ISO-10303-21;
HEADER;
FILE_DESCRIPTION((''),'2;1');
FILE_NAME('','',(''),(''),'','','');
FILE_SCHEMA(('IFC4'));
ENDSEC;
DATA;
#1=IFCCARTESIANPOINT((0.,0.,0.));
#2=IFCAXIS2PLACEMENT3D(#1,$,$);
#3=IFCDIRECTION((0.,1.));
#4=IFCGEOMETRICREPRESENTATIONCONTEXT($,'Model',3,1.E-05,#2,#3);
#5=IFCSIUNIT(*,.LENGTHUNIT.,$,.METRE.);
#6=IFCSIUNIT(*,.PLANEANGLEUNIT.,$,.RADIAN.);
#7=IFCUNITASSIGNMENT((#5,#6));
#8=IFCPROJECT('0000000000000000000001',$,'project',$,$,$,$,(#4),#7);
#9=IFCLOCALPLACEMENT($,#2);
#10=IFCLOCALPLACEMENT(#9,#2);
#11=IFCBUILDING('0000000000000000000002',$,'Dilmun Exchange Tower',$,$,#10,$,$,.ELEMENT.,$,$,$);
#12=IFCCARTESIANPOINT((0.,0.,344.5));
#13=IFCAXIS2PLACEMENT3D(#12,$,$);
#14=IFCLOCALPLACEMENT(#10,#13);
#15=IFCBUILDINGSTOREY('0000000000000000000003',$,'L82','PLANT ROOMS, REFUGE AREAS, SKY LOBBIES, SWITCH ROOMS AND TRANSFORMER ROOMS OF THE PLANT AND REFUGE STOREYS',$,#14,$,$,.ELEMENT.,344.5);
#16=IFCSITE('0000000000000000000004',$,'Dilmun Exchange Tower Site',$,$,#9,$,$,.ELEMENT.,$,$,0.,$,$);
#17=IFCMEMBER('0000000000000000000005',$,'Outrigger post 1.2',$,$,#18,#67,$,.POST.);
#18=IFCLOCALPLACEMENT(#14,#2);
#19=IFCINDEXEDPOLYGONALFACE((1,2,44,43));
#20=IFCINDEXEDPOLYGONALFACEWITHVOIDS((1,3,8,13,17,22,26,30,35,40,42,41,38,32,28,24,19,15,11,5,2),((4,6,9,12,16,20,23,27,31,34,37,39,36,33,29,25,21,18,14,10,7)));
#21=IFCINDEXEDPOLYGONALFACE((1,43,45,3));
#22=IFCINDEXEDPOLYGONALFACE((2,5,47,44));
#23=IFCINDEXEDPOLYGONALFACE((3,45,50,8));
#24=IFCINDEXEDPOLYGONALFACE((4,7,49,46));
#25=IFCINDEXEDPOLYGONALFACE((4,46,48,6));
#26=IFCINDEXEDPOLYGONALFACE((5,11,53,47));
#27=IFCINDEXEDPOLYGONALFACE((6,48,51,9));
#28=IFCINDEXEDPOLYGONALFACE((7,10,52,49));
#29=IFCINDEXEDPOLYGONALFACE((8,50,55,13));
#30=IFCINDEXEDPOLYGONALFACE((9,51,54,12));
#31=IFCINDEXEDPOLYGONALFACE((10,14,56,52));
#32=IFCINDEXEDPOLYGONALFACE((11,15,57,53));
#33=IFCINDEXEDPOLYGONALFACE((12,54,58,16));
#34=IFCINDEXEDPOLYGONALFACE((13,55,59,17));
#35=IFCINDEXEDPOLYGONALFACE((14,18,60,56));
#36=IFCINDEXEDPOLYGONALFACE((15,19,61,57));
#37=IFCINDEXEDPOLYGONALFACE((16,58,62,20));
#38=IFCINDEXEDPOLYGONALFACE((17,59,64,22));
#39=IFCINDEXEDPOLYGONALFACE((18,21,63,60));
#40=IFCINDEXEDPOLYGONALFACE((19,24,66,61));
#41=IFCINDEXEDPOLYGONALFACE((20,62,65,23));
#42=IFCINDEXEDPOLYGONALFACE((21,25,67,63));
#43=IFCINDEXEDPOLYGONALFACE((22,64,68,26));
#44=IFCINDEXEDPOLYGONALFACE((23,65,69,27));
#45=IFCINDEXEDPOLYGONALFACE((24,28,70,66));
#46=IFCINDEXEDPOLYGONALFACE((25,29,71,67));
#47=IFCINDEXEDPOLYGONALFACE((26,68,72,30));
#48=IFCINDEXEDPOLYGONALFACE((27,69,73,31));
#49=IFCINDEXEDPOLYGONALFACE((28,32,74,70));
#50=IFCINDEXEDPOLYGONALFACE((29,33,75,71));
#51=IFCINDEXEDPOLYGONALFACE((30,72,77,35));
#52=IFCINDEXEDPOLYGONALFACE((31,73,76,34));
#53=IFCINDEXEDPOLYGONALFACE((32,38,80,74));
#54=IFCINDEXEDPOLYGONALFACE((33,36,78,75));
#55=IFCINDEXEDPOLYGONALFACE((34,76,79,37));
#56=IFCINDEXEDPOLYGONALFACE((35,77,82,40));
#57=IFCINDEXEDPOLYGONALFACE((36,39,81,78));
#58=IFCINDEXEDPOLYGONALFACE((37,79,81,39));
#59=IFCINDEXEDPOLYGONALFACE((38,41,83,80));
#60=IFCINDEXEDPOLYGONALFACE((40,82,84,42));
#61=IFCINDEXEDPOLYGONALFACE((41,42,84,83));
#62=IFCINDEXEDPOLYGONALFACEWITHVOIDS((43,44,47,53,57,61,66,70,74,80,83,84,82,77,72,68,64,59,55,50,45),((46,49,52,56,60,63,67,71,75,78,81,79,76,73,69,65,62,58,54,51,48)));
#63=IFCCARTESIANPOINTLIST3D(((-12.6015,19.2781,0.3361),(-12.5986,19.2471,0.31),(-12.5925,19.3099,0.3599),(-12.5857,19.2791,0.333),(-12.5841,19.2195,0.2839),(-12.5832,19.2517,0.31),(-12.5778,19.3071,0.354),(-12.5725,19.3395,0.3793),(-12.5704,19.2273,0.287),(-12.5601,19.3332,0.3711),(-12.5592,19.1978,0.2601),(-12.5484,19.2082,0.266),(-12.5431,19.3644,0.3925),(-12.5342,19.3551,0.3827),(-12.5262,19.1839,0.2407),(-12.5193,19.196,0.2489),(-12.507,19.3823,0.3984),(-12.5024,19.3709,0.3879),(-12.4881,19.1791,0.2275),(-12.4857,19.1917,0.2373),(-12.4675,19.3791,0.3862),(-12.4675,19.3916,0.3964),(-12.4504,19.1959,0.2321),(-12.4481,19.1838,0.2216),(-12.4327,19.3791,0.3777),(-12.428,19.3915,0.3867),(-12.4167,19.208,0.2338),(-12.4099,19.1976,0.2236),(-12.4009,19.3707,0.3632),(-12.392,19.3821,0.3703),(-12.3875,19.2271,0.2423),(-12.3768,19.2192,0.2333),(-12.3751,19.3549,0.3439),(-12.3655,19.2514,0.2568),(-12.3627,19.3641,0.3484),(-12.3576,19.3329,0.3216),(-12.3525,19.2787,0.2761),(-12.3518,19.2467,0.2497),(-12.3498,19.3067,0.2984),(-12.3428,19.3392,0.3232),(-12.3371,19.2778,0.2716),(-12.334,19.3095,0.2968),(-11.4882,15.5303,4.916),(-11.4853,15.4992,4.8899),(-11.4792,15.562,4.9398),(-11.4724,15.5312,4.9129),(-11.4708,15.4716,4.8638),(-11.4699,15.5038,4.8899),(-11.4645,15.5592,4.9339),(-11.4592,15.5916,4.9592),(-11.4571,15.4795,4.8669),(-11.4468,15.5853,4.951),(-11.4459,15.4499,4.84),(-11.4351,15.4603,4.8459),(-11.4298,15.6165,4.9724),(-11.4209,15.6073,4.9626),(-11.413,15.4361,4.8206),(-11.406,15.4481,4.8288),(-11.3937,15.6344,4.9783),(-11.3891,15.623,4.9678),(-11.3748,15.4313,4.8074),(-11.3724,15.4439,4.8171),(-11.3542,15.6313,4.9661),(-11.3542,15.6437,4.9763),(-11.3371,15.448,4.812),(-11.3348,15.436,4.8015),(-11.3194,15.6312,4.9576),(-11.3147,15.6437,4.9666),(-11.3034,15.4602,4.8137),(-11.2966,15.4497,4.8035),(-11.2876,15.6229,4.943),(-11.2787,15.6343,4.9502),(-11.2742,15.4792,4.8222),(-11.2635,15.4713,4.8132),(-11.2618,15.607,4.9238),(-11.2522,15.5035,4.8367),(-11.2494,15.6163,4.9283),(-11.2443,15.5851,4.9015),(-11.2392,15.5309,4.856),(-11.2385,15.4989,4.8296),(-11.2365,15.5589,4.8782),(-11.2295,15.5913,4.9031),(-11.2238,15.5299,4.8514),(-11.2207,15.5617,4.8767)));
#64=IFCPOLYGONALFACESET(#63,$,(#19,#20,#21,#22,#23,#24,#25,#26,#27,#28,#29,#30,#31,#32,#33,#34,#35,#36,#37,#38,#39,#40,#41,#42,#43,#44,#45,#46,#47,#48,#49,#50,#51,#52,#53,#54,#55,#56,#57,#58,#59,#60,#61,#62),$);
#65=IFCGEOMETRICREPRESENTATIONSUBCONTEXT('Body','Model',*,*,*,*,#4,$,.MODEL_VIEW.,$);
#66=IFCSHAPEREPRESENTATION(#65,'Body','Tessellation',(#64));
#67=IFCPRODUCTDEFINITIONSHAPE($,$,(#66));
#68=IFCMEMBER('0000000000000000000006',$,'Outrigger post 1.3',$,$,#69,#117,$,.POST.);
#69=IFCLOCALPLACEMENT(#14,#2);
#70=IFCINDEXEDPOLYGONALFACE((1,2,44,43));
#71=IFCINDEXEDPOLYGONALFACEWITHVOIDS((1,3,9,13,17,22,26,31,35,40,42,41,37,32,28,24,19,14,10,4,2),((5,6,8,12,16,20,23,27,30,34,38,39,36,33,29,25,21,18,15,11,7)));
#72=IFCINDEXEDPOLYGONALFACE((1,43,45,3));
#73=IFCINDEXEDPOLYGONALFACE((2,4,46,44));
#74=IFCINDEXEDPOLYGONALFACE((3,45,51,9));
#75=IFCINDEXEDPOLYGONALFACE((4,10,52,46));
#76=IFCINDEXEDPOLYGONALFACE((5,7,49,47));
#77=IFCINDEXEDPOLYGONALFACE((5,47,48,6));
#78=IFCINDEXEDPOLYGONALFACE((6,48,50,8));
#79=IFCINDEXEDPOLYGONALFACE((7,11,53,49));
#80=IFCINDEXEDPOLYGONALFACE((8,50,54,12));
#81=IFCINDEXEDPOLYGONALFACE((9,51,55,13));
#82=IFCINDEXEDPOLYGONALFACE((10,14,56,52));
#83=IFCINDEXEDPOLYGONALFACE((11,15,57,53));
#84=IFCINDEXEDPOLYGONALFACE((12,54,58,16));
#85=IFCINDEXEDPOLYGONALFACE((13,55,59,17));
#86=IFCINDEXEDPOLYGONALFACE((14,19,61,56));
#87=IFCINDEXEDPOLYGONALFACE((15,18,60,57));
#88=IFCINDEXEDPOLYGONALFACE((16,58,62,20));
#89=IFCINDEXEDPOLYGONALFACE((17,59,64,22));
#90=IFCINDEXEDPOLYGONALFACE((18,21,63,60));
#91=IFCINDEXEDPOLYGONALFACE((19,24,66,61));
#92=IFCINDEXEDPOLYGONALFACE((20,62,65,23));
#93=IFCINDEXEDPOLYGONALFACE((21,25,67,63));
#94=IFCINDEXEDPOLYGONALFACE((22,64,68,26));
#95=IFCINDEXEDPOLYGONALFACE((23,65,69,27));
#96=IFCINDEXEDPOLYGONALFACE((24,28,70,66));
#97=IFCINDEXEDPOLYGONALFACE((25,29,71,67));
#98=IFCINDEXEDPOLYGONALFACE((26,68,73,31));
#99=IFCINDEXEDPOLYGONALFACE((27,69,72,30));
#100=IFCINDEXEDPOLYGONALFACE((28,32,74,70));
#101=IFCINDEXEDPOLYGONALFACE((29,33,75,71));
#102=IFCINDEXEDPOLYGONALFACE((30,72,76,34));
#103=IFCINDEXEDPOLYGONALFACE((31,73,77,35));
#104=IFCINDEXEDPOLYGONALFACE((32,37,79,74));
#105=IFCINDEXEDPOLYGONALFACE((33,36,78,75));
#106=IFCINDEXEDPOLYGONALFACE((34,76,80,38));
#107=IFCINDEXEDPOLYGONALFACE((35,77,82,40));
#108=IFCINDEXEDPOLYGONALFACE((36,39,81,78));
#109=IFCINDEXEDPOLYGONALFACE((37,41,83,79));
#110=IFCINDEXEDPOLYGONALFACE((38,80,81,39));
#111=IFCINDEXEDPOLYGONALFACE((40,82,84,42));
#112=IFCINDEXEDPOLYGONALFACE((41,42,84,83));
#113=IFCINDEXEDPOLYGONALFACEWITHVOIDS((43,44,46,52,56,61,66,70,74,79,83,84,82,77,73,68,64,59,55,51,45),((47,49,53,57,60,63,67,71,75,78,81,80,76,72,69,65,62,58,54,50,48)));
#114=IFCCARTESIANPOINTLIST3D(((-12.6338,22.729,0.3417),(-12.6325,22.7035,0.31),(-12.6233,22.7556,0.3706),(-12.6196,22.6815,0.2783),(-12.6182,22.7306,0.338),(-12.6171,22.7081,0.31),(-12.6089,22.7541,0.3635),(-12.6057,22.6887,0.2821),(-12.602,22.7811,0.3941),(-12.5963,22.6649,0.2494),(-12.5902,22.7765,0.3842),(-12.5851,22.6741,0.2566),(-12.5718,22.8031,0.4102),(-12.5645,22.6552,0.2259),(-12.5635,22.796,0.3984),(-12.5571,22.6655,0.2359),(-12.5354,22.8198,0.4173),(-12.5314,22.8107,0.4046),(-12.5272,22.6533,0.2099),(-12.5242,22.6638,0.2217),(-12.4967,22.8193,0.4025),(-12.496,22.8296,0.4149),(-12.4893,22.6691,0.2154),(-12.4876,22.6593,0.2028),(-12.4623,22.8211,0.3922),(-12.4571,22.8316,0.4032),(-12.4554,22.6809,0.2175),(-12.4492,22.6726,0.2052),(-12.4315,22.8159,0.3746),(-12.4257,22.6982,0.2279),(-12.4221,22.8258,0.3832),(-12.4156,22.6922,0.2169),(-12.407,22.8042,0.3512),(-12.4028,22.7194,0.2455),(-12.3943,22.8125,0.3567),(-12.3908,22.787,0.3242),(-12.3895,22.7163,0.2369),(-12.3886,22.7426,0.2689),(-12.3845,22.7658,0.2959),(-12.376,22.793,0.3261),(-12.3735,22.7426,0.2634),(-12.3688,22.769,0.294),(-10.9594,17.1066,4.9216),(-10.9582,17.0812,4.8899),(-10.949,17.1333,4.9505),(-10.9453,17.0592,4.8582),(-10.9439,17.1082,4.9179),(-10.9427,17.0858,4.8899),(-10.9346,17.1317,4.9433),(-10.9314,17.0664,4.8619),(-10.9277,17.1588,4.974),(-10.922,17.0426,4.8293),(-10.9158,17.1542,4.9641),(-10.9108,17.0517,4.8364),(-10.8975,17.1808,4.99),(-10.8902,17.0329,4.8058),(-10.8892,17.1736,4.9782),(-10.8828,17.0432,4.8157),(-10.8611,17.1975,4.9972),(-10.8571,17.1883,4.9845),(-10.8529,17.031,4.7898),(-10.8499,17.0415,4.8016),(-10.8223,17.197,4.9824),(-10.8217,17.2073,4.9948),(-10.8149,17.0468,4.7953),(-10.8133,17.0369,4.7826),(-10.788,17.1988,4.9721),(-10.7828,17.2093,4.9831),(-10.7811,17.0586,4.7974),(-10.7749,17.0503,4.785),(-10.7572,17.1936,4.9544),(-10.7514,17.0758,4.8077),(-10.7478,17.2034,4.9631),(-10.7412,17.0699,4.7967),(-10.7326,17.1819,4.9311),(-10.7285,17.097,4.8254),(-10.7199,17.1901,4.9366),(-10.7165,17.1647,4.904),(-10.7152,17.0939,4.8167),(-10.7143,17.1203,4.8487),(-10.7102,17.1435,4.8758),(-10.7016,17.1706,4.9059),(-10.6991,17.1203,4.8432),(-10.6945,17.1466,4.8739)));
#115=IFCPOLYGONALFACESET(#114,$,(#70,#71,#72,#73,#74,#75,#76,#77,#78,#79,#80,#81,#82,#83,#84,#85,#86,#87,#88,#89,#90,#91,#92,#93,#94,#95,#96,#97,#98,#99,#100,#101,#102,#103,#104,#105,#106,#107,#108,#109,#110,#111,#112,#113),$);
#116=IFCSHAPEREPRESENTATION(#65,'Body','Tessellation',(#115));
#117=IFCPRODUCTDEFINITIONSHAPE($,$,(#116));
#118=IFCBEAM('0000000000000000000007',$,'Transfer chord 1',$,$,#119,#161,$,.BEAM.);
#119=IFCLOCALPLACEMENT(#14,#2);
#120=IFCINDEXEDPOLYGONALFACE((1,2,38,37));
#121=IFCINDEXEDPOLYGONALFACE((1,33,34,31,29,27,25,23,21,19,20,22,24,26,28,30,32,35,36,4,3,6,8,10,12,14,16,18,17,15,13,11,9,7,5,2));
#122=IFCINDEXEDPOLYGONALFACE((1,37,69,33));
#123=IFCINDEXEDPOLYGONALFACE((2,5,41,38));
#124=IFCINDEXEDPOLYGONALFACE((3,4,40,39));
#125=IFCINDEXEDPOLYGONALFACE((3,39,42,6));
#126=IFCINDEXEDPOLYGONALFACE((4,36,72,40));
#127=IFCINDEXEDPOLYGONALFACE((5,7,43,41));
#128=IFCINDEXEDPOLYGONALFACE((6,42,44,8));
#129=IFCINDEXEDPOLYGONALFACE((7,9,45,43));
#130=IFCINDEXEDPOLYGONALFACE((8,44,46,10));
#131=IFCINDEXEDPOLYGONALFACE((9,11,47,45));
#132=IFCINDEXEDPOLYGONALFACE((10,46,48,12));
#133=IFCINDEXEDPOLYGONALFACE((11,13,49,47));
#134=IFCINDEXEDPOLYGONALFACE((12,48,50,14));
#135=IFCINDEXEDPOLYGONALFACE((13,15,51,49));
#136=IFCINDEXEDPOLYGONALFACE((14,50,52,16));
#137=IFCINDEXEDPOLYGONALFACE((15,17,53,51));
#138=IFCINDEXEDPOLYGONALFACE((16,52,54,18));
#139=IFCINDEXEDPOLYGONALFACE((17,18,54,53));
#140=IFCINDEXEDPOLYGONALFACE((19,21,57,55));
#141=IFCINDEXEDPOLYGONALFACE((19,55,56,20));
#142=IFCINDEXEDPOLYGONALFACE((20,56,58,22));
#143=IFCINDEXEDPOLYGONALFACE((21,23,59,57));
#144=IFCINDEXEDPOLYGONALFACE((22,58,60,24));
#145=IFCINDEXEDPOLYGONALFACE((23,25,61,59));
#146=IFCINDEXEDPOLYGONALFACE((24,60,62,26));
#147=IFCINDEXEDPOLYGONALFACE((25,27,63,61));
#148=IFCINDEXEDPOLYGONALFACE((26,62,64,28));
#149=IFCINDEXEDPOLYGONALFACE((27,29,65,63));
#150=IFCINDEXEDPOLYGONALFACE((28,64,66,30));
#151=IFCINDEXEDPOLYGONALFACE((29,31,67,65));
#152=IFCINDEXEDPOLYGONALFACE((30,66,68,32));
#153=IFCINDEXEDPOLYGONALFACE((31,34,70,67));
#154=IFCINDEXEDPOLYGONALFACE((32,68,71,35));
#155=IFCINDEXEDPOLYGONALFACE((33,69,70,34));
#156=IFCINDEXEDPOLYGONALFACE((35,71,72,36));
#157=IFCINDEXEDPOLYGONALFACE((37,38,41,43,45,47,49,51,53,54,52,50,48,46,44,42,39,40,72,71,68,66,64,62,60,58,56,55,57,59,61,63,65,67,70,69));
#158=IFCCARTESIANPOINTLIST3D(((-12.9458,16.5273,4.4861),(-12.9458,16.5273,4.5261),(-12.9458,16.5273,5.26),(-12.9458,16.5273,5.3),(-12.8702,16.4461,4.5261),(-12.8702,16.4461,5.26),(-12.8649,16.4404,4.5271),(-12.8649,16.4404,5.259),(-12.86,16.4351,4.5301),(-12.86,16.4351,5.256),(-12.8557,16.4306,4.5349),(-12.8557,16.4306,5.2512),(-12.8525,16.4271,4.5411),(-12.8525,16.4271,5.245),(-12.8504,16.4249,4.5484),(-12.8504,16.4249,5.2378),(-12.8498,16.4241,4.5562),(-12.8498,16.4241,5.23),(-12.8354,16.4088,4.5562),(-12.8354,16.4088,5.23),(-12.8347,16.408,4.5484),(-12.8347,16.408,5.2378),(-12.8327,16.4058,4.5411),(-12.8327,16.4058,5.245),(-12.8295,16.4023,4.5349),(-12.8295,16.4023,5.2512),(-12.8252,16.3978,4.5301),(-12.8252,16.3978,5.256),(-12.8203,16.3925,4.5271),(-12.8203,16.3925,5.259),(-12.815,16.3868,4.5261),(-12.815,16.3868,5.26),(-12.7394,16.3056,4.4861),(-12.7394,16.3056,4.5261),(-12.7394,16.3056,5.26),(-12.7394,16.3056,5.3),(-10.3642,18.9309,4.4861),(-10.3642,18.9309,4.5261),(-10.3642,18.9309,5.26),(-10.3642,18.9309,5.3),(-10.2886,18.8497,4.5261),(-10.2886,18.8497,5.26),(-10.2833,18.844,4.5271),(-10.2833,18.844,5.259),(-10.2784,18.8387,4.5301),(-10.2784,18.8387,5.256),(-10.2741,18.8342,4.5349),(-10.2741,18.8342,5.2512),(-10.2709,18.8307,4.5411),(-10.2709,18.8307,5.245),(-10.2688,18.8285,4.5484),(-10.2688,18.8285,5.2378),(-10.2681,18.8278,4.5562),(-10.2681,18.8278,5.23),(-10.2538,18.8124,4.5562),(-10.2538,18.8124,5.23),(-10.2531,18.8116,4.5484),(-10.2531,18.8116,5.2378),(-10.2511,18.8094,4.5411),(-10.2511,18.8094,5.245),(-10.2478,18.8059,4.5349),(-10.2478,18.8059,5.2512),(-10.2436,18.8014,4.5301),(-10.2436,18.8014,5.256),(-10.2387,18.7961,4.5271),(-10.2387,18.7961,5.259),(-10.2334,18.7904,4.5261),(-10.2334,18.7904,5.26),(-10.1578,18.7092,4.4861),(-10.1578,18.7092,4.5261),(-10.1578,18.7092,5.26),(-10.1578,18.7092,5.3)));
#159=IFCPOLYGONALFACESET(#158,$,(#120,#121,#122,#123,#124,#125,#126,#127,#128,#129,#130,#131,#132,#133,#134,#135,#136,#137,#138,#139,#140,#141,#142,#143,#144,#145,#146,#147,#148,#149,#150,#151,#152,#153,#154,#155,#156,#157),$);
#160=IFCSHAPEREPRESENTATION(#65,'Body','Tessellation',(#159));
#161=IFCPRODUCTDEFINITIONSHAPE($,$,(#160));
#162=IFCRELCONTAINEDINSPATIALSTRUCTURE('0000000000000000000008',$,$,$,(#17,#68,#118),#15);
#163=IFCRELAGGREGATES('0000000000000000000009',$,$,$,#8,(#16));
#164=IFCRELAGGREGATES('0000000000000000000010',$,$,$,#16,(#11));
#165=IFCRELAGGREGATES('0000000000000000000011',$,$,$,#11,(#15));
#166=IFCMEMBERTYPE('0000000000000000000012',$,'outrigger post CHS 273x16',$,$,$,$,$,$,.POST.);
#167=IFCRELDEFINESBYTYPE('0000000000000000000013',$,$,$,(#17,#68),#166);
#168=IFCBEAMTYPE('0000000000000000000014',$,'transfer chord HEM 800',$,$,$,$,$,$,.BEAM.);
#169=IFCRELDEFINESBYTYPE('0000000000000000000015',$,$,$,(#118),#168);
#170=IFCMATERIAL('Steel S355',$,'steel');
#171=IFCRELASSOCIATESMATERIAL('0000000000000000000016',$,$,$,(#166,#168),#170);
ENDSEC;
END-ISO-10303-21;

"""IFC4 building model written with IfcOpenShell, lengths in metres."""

from ifc_helpers import new_model, si_unit, direction, frame, origin, origin_2d, place, context, subcontext, project, spatial, hollow_circle, i_section, extrude, material, material_profile, profile_set, type_object, element, save


model = new_model("IFC4")

# Units and contexts
model_context = context("Model", 3, precision=1e-05, world=origin(), true_north=direction((0.0, 1.0)))
body_context = subcontext(model_context, "Body", "Model", "MODEL_VIEW")
ifc_project = project(units=[si_unit("LENGTHUNIT", "METRE"), si_unit("PLANEANGLEUNIT", "RADIAN")], contexts=[model_context])

# Site, building, storey
site_placement = place(None, origin())
site = spatial("IfcSite", under=ifc_project, at=site_placement, Name="Dilmun Exchange Tower Site", CompositionType="ELEMENT", RefElevation=0.0)
building_placement = place(site_placement, origin())
building = spatial("IfcBuilding", under=site, at=building_placement, Name="Dilmun Exchange Tower", CompositionType="ELEMENT")
storey_placement = place(building_placement, frame((0.0, 0.0, 344.5)))
storey = spatial("IfcBuildingStorey", under=building, at=storey_placement, Name="L82", Description="PLANT ROOMS, REFUGE AREAS, SKY LOBBIES, SWITCH ROOMS AND TRANSFORMER ROOMS OF THE PLANT AND REFUGE STOREYS", CompositionType="ELEMENT", Elevation=344.5)

# Members
ifc_material_1 = material(Name="Steel S355", Category="steel")
ifc_material_profile_1 = material_profile(ifc_material_1, hollow_circle(Radius=0.1365, WallThickness=0.0161, at=origin_2d()), Name="CHS 273x16")
ifc_profile_set_1 = profile_set([ifc_material_profile_1], Name="Steel S355")
member_type_1 = type_object("IfcMemberType", Name="outrigger post CHS 273x16", PredefinedType="POST", material=ifc_profile_set_1)
member_1_placement = place(storey_placement, frame((-11.3545, 15.5381, 4.8899), z_axis=(-0.18488, 0.622388, -0.760561), x_axis=(-0.958601, -0.284752, 0.0)))
element("IfcMember", 1, at=member_1_placement, inside=storey, type_object=member_type_1, Name="Outrigger post 1.2", PredefinedType="POST", context=body_context, shape_type="SweptSolid", body=[
    extrude(hollow_circle(Radius=0.1365, WallThickness=0.0161, at=origin_2d()), origin(), (0.0, 0.0, 1.0), 6.0217),
])
member_2_placement = place(storey_placement, frame((-10.8274, 17.1201, 4.8899), z_axis=(-0.224971, 0.755448, -0.615374), x_axis=(-0.958405, -0.285412, 0.0)))
element("IfcMember", 2, at=member_2_placement, inside=storey, type_object=member_type_1, Name="Outrigger post 1.3", PredefinedType="POST", context=body_context, shape_type="SweptSolid", body=[
    extrude(hollow_circle(Radius=0.1365, WallThickness=0.0161, at=origin_2d()), origin(), (0.0, 0.0, 1.0), 7.4424),
])

# Beam
ifc_material_profile_2 = material_profile(ifc_material_1, i_section(OverallWidth=0.303, OverallDepth=0.814, WebThickness=0.021, FlangeThickness=0.04, FilletRadius=0.03, at=origin_2d()), Name="HEM 800")
ifc_profile_set_2 = profile_set([ifc_material_profile_2], Name="Steel S355")
beam_type = type_object("IfcBeamType", Name="transfer chord HEM 800", PredefinedType="BEAM", material=ifc_profile_set_2)
for number, where, z_axis, x_axis, name in (
    (3, (-10.261, 18.8201, 4.8931), (-0.731886, -0.681427, 0.0), (0.681427, -0.731886, 0.0), "Transfer chord 1"),
):
    element("IfcBeam", number, at=place(storey_placement, frame(where, z_axis=z_axis, x_axis=x_axis)), inside=storey, type_object=beam_type, Name=name, PredefinedType="BEAM", context=body_context, shape_type="SweptSolid", body=[
        extrude(i_section(OverallWidth=0.303, OverallDepth=0.814, WebThickness=0.021, FlangeThickness=0.04, FilletRadius=0.03, at=origin_2d()), origin(), (0.0, 0.0, 1.0), 3.5273),
    ])

save(model, "model.ifc")
